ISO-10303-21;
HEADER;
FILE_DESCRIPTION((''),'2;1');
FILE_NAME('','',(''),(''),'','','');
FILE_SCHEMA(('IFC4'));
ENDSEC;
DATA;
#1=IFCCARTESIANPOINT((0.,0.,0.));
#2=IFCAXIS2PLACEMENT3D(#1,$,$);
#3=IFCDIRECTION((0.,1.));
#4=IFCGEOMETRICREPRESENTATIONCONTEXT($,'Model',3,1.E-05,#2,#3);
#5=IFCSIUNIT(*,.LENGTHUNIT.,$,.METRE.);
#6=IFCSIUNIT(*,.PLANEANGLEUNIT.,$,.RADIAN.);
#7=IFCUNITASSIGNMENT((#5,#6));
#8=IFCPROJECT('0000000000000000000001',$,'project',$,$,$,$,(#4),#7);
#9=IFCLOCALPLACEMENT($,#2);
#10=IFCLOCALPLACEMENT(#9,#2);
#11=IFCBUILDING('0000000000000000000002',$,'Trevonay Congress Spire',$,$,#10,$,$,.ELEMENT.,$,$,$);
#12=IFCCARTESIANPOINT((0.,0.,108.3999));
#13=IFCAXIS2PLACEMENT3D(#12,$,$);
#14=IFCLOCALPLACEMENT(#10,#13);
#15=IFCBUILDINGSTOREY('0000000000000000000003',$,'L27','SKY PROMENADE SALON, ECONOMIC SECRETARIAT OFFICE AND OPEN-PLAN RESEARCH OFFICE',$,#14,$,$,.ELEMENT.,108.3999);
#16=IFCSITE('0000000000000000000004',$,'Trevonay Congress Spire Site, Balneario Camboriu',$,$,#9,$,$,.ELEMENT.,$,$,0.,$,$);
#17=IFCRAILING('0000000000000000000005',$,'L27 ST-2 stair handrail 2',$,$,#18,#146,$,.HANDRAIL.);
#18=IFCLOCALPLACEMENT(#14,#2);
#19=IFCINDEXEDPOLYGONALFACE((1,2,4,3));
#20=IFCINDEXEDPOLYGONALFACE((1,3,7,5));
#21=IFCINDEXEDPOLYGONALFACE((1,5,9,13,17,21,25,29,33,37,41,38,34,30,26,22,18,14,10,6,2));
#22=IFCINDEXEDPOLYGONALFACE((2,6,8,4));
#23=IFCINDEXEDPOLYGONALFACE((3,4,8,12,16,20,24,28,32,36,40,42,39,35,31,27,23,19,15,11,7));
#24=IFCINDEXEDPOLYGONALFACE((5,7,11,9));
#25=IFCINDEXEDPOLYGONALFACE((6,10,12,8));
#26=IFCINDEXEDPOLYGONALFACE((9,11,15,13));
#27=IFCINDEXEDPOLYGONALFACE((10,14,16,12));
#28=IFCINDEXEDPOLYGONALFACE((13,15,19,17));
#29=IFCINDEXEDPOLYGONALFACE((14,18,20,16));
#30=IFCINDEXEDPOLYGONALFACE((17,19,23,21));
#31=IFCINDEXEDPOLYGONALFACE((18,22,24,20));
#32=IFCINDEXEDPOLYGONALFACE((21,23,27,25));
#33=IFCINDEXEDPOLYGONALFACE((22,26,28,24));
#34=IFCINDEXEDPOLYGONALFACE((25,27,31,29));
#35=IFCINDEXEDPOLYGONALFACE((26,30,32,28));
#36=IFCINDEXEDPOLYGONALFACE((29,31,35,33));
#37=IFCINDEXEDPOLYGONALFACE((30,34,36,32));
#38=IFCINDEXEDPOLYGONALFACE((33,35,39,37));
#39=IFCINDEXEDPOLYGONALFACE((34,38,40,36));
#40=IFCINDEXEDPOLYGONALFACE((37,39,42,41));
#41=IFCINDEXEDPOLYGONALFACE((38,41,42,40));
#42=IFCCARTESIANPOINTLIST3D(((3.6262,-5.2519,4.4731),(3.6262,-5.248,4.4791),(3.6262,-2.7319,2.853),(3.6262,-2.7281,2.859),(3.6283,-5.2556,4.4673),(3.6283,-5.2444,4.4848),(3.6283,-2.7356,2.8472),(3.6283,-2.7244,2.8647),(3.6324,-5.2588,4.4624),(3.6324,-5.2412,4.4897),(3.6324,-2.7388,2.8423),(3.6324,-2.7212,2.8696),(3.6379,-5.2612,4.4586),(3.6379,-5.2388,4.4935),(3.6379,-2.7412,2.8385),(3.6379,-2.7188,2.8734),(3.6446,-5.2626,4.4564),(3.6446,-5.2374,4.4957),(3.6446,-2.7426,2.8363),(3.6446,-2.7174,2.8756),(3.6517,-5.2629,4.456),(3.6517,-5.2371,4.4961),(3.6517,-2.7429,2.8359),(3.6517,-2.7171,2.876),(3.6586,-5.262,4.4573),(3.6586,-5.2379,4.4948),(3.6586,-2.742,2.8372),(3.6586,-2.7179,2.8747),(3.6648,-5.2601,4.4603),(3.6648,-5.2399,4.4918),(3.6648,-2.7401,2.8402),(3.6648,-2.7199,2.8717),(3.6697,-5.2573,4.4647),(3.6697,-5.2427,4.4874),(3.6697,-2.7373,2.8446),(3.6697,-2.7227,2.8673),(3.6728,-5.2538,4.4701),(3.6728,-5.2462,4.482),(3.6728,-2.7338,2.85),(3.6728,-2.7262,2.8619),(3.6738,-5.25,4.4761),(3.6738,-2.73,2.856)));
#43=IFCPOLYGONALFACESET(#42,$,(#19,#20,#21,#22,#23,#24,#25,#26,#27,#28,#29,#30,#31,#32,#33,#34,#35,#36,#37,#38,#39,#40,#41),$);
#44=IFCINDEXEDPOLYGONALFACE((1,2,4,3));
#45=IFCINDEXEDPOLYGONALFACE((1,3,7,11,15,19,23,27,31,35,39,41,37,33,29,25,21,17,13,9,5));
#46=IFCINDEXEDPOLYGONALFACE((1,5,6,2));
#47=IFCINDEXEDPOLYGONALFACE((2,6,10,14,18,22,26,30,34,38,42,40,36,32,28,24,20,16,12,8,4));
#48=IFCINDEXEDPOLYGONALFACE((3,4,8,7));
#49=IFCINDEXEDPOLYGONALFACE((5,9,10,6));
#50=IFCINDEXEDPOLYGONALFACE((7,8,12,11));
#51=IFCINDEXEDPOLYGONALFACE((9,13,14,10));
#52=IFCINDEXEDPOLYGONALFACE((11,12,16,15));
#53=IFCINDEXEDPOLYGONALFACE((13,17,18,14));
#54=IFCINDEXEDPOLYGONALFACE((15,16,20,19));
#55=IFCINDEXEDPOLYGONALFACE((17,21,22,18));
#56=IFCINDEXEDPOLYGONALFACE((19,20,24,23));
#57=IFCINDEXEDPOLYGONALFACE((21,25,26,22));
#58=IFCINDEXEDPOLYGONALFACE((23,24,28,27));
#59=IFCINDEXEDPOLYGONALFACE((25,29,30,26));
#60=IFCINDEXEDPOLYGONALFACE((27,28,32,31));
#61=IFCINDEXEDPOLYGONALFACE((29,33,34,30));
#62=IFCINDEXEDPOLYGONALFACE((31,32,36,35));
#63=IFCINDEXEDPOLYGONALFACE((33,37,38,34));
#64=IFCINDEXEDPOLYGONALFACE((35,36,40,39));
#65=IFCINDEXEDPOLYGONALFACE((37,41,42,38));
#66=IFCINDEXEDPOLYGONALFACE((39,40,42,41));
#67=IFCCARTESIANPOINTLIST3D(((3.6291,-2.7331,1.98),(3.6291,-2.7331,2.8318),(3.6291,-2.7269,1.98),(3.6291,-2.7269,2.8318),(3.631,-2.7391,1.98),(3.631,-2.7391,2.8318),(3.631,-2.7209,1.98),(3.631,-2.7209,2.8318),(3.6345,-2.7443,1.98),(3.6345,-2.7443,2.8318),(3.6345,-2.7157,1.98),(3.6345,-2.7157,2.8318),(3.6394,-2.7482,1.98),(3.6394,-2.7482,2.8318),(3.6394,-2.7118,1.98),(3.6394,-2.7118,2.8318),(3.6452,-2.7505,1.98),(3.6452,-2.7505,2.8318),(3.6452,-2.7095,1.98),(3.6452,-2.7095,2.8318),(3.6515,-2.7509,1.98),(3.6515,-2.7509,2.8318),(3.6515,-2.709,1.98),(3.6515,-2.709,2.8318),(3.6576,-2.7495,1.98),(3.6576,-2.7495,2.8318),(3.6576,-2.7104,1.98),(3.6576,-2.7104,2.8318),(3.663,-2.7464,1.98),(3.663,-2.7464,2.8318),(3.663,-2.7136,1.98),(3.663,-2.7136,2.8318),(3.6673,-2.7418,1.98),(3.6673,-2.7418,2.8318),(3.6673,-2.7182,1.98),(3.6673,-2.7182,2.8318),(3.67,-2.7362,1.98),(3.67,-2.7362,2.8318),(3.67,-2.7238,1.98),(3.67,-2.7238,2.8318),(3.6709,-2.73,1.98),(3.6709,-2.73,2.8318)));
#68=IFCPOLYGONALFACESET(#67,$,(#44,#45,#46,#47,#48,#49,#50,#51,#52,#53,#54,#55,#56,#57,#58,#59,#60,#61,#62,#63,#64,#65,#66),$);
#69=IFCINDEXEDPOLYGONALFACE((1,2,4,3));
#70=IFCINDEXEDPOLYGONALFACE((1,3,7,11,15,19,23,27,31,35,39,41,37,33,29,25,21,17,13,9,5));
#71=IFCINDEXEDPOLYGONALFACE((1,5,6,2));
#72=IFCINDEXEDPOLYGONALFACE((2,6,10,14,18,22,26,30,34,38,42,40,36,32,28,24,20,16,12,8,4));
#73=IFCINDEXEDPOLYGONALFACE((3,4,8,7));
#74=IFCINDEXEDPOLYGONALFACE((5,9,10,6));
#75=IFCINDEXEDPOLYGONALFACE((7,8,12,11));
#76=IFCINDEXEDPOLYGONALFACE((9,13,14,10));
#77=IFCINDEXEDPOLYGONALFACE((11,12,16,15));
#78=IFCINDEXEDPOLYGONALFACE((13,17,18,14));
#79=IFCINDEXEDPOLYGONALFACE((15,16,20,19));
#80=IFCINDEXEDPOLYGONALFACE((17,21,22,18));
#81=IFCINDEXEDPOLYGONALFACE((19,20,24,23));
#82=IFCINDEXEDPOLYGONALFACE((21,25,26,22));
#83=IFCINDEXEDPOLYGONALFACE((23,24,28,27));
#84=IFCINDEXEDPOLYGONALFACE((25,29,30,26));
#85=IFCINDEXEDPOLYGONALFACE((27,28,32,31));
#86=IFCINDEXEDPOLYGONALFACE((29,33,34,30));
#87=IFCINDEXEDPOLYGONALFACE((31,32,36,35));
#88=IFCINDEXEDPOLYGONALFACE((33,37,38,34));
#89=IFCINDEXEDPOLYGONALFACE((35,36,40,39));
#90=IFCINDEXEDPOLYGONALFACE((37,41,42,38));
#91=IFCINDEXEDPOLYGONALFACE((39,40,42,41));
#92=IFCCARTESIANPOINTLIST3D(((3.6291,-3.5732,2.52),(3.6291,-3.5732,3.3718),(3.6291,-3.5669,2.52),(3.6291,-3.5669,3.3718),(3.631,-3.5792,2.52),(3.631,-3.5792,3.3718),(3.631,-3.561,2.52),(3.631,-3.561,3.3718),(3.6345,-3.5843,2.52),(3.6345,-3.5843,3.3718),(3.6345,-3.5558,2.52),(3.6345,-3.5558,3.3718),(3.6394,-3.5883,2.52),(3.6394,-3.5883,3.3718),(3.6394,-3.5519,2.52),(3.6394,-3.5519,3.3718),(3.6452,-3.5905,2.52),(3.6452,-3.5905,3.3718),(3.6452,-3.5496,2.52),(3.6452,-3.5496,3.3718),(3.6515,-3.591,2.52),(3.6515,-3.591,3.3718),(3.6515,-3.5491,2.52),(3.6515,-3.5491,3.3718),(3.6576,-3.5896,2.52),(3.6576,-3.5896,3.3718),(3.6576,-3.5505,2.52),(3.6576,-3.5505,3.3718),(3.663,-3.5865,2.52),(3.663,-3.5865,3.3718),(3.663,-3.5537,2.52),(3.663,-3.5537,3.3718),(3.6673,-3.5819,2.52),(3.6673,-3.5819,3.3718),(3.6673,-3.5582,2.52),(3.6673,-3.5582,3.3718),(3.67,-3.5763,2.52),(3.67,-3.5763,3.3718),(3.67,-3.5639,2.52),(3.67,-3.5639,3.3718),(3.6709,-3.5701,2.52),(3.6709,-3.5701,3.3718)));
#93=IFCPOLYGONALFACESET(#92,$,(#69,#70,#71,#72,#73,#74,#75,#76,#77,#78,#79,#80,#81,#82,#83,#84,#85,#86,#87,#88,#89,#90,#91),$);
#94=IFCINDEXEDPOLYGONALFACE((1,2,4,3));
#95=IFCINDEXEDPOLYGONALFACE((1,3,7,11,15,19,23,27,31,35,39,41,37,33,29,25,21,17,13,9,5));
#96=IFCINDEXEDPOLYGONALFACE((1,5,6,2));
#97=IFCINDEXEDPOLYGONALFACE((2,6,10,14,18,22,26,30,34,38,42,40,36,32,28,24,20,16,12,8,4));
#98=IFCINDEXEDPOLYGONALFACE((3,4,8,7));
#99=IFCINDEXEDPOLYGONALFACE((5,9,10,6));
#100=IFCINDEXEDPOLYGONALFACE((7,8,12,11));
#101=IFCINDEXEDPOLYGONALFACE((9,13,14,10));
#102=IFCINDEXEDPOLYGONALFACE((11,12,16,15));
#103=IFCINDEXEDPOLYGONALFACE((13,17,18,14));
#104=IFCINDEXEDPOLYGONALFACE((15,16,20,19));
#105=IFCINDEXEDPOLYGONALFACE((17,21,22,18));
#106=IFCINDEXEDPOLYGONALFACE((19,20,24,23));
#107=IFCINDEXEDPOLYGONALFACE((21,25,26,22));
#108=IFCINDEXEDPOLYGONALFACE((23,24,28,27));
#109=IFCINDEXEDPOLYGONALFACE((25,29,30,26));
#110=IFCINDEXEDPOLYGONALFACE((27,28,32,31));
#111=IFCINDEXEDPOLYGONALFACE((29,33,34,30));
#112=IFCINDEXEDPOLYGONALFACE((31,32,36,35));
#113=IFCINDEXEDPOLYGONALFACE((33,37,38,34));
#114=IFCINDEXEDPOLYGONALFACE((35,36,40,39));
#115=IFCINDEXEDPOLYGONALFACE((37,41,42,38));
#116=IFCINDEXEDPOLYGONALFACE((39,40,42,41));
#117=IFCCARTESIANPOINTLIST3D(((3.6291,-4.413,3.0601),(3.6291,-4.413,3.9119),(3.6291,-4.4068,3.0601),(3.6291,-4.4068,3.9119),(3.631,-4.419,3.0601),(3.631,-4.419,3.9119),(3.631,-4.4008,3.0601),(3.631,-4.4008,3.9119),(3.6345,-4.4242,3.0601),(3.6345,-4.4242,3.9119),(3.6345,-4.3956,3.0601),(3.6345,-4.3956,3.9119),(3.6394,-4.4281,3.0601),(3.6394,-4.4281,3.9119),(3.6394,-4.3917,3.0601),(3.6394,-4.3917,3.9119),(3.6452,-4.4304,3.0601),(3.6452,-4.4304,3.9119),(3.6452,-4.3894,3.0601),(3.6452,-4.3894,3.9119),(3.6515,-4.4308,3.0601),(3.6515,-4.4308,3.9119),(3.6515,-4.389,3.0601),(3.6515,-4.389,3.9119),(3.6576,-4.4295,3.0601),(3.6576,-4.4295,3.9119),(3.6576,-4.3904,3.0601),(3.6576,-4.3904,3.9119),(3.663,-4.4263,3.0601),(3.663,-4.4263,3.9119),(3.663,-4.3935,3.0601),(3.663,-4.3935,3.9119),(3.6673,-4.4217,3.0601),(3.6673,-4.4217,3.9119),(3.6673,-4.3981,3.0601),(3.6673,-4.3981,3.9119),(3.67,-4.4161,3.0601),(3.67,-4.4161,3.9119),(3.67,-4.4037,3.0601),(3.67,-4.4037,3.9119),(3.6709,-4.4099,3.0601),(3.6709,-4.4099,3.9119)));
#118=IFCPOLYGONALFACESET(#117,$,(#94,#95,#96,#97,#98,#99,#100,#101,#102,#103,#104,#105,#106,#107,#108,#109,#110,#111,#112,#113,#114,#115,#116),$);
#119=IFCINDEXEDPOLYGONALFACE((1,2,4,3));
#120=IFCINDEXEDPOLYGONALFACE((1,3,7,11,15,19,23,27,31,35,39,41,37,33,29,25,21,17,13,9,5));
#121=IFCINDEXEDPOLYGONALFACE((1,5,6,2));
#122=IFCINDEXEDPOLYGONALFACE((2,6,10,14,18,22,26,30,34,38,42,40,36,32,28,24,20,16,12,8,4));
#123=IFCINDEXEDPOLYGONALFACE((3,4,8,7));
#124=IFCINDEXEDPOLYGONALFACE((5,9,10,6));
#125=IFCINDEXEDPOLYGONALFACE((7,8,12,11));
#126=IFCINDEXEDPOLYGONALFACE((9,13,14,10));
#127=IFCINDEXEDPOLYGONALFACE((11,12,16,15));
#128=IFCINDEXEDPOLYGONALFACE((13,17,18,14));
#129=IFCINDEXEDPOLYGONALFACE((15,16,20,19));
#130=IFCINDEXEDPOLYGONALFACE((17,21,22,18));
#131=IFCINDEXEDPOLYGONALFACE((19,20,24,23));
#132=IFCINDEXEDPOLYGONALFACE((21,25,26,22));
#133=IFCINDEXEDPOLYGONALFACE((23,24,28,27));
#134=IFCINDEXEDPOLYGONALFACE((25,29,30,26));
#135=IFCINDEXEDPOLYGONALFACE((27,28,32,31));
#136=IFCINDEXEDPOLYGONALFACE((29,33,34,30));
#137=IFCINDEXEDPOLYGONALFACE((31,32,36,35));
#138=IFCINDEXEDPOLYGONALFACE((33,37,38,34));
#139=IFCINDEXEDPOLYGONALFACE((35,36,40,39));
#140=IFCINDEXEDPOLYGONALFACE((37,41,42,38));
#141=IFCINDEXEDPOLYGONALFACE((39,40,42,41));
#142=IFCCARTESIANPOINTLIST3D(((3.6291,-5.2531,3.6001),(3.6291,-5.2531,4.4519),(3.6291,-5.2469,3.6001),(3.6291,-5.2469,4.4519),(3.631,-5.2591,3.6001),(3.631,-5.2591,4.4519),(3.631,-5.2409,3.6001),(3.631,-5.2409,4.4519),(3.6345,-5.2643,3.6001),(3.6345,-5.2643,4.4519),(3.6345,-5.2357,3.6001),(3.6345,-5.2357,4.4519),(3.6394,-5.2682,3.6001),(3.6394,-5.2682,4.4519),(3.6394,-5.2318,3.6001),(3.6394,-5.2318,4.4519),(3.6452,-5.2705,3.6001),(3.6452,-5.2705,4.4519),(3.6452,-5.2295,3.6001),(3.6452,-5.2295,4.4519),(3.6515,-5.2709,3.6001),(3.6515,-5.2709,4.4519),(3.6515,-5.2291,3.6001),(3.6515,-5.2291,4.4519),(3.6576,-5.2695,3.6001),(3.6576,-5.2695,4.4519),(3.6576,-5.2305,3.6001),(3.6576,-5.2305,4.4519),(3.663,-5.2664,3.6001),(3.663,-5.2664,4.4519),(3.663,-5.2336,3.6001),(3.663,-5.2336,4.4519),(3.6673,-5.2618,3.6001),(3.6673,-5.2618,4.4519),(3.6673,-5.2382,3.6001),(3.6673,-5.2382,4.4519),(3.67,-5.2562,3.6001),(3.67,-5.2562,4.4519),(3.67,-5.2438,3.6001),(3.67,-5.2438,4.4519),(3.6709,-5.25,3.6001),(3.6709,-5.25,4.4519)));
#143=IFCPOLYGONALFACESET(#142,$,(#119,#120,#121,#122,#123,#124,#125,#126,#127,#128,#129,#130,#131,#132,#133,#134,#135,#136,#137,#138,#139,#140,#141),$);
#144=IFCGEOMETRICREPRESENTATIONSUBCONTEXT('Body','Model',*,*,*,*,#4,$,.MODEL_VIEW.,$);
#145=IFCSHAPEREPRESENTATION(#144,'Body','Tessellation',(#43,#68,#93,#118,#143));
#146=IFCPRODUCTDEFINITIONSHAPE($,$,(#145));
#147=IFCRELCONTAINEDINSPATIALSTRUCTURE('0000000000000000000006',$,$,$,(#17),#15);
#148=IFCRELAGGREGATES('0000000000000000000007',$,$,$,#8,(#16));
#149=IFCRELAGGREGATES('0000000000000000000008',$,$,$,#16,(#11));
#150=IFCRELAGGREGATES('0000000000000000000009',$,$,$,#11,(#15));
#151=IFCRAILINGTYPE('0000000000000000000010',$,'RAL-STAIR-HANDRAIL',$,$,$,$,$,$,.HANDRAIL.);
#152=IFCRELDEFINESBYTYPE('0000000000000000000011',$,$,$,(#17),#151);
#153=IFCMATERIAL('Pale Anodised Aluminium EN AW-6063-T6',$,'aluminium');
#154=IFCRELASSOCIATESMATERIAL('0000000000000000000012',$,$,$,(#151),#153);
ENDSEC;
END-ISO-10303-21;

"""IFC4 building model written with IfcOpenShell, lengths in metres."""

from ifc_helpers import new_model, si_unit, direction, frame, origin, origin_2d, place, context, subcontext, project, spatial, circle, extrude, material, type_object, element, save


model = new_model("IFC4")

# Units and contexts
model_context = context("Model", 3, precision=1e-05, world=origin(), true_north=direction((0.0, 1.0)))
body_context = subcontext(model_context, "Body", "Model", "MODEL_VIEW")
ifc_project = project(units=[si_unit("LENGTHUNIT", "METRE"), si_unit("PLANEANGLEUNIT", "RADIAN")], contexts=[model_context])

# Site, building, storey
site_placement = place(None, origin())
site = spatial("IfcSite", under=ifc_project, at=site_placement, Name="Trevonay Congress Spire Site, Balneario Camboriu", CompositionType="ELEMENT", RefElevation=0.0)
building_placement = place(site_placement, origin())
building = spatial("IfcBuilding", under=site, at=building_placement, Name="Trevonay Congress Spire", CompositionType="ELEMENT")
storey_placement = place(building_placement, frame((0.0, 0.0, 108.3999)))
storey = spatial("IfcBuildingStorey", under=building, at=storey_placement, Name="L27", Description="SKY PROMENADE SALON, ECONOMIC SECRETARIAT OFFICE AND OPEN-PLAN RESEARCH OFFICE", CompositionType="ELEMENT", Elevation=108.3999)

# Shared definitions
ifc_material_1 = material(Name="Pale Anodised Aluminium EN AW-6063-T6", Category="aluminium")

# Railing
railing_type_1 = type_object("IfcRailingType", Name="RAL-STAIR-HANDRAIL", PredefinedType="HANDRAIL", material=ifc_material_1)
railing_1_placement = place(storey_placement, frame((3.6499, -2.73, 1.98)))
element("IfcRailing", 1, at=railing_1_placement, inside=storey, type_object=railing_type_1, Name="L27 ST-2 stair handrail 2", PredefinedType="HANDRAIL", context=body_context, shape_type="SweptSolid", body=[
    extrude(circle(Radius=0.0239, at=origin_2d()), frame((0.0, 0.0, 0.876), z_axis=(0.0, -0.841163, 0.540782), x_axis=(1.0, 0.0, 0.0)), (0.0, 0.0, 1.0), 2.9958),
    extrude(circle(Radius=0.021, at=origin_2d()), origin(), (0.0, 0.0, 1.0), 0.8518),
    extrude(circle(Radius=0.021, at=origin_2d()), frame((0.0, -0.8401, 0.54)), (0.0, 0.0, 1.0), 0.8518),
    extrude(circle(Radius=0.021, at=origin_2d()), frame((0.0, -1.6799, 1.0801)), (0.0, 0.0, 1.0), 0.8518),
    extrude(circle(Radius=0.021, at=origin_2d()), frame((0.0, -2.52, 1.6201)), (0.0, 0.0, 1.0), 0.8518),
])

save(model, "model.ifc")
